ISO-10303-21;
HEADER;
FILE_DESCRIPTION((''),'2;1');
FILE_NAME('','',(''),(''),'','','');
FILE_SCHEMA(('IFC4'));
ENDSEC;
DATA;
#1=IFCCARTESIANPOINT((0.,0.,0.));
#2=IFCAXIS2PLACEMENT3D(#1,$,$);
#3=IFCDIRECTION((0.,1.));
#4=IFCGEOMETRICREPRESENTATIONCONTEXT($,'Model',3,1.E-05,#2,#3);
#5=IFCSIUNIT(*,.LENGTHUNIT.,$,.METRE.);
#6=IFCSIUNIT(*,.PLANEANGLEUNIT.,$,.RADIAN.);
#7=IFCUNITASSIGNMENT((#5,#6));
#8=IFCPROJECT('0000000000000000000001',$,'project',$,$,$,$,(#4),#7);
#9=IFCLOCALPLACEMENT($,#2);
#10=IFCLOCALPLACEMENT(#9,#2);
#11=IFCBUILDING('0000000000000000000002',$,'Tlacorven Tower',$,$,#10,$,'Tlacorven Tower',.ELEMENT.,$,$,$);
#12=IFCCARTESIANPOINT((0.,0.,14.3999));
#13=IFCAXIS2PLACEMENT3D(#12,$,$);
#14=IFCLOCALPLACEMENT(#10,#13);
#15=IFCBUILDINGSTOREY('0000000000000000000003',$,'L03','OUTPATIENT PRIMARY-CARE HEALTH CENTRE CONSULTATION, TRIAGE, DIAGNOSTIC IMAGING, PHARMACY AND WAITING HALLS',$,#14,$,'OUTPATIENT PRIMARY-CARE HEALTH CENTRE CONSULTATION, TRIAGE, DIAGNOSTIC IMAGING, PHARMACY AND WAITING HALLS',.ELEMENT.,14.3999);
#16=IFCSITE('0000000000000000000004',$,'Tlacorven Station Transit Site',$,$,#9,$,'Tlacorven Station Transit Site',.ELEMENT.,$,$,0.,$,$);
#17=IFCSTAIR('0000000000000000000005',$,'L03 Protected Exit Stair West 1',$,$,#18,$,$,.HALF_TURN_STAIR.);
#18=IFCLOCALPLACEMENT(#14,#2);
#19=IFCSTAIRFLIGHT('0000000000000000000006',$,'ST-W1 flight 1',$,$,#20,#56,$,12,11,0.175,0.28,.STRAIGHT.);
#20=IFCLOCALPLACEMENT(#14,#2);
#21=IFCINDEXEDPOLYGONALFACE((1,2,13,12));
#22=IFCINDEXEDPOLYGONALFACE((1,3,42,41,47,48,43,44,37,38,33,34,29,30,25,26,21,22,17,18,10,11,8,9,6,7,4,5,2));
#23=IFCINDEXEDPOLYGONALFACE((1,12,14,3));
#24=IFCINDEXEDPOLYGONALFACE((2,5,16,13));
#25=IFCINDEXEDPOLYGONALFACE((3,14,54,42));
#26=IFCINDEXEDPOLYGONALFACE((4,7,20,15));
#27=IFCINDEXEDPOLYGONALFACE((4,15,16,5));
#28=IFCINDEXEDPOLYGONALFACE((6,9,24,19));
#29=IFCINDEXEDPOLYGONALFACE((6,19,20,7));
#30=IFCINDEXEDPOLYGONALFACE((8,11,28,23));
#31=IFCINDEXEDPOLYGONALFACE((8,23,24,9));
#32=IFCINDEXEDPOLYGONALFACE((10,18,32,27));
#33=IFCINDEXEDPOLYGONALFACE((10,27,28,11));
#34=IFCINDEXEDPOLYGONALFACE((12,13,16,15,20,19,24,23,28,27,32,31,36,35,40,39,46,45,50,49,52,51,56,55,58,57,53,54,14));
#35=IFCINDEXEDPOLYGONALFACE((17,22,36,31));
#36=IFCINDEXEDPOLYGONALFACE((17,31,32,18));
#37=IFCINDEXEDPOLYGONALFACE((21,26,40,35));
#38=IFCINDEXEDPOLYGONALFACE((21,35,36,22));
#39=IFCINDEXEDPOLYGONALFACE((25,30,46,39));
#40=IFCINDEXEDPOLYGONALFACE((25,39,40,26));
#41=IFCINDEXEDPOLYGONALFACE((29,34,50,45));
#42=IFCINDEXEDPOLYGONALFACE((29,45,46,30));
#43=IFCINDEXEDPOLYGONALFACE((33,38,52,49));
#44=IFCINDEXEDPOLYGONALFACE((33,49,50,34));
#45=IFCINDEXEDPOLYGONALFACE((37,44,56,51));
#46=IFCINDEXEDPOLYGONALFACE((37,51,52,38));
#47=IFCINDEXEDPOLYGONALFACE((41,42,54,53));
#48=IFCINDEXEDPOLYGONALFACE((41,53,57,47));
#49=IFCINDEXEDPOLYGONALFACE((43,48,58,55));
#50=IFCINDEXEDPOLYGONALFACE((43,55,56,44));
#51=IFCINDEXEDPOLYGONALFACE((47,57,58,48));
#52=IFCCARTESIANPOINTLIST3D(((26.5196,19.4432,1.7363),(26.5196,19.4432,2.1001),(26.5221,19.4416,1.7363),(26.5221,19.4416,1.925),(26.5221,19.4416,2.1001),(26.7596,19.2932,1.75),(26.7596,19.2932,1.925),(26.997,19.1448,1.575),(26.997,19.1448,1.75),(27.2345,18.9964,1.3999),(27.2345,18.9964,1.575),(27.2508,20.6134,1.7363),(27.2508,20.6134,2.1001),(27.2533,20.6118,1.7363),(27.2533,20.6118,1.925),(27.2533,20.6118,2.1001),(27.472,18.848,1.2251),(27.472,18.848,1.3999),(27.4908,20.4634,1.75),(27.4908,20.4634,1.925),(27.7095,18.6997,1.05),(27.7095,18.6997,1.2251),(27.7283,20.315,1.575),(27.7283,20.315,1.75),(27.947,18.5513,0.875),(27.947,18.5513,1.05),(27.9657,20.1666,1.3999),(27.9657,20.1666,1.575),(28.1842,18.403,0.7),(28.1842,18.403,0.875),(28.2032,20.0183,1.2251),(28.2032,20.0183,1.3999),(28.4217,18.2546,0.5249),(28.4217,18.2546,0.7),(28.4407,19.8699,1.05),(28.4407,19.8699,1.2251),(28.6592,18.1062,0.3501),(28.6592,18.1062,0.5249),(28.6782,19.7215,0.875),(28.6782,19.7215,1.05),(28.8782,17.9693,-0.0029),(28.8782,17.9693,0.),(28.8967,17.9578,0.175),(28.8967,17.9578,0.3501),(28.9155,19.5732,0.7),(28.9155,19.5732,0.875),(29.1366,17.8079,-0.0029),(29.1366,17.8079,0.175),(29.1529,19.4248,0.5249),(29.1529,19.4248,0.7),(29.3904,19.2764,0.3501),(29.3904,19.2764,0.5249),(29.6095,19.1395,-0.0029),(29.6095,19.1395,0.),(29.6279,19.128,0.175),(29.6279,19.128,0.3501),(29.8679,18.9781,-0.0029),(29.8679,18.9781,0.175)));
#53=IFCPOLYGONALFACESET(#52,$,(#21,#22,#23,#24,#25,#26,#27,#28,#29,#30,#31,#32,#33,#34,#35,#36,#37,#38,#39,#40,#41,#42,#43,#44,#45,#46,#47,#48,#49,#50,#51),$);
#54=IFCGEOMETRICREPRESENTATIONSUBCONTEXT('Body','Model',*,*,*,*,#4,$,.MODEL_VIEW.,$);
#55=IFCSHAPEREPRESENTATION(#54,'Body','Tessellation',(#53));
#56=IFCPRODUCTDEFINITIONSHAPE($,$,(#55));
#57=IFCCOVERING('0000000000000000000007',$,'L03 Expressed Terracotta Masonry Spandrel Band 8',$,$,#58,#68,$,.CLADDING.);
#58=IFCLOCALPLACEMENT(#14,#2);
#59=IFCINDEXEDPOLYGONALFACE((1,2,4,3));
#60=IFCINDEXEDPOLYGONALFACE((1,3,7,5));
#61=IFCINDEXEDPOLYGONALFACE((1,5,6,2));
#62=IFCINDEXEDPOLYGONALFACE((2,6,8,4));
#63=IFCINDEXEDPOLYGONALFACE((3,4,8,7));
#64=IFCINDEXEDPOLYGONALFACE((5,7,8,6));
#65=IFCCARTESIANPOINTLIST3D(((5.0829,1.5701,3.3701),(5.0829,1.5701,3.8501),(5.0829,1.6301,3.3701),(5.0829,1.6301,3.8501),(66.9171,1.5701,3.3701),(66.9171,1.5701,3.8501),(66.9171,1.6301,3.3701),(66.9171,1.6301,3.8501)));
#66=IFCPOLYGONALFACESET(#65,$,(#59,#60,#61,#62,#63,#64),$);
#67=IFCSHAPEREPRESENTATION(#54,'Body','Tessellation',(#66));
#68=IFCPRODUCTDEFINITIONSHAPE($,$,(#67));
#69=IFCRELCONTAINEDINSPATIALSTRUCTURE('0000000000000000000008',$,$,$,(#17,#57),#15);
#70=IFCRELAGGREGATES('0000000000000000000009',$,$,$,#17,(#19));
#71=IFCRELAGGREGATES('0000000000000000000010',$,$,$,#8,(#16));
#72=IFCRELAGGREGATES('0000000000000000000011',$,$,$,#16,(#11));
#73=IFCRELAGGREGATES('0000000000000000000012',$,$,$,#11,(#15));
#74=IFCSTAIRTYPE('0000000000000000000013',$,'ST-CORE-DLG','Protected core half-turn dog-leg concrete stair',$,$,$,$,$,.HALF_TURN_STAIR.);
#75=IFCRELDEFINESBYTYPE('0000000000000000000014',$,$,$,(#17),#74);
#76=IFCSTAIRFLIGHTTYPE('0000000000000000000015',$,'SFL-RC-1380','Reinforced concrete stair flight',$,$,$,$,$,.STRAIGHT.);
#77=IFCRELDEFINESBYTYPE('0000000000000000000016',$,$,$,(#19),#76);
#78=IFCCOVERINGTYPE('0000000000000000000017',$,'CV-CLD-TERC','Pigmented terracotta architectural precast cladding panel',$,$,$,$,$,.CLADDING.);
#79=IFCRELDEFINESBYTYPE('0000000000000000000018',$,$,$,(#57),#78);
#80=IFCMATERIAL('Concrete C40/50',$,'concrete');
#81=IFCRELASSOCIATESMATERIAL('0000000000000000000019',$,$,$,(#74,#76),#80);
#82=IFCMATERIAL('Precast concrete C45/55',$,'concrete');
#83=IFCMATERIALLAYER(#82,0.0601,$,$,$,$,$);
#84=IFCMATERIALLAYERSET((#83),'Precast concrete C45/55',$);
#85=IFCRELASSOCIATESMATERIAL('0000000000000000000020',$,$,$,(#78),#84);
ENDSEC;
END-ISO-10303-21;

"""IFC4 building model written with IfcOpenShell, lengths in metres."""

from ifc_helpers import new_model, si_unit, direction, frame, origin, origin_2d, place, context, subcontext, project, spatial, polyline, rectangle, outline, extrude, source, transform, mapped, material, layer, layer_set, type_object, element, aggregate, save


model = new_model("IFC4")

# Units and contexts
model_context = context("Model", 3, precision=1e-05, world=origin(), true_north=direction((0.0, 1.0)))
body_context = subcontext(model_context, "Body", "Model", "MODEL_VIEW")
ifc_project = project(units=[si_unit("LENGTHUNIT", "METRE"), si_unit("PLANEANGLEUNIT", "RADIAN")], contexts=[model_context])

# Site, building, storey
site_placement = place(None, origin())
site = spatial("IfcSite", under=ifc_project, at=site_placement, Name="Tlacorven Station Transit Site", LongName="Tlacorven Station Transit Site", CompositionType="ELEMENT", RefElevation=0.0)
building_placement = place(site_placement, origin())
building = spatial("IfcBuilding", under=site, at=building_placement, Name="Tlacorven Tower", LongName="Tlacorven Tower", CompositionType="ELEMENT")
storey_placement = place(building_placement, frame((0.0, 0.0, 14.3999)))
storey = spatial("IfcBuildingStorey", under=building, at=storey_placement, Name="L03", Description="OUTPATIENT PRIMARY-CARE HEALTH CENTRE CONSULTATION, TRIAGE, DIAGNOSTIC IMAGING, PHARMACY AND WAITING HALLS", LongName="OUTPATIENT PRIMARY-CARE HEALTH CENTRE CONSULTATION, TRIAGE, DIAGNOSTIC IMAGING, PHARMACY AND WAITING HALLS", CompositionType="ELEMENT", Elevation=14.3999)

# Shared definitions
ifc_material_1 = material(Name="Concrete C40/50", Category="concrete")

# Stair, stair flight
stair_type = type_object("IfcStairType", Name="ST-CORE-DLG", Description="Protected core half-turn dog-leg concrete stair", PredefinedType="HALF_TURN_STAIR", material=ifc_material_1)
stair_placement = place(storey_placement, origin())
stair = element("IfcStair", 1, at=stair_placement, inside=storey, type_object=stair_type, Name="L03 Protected Exit Stair West 1", PredefinedType="HALF_TURN_STAIR")
stair_flight_type = type_object("IfcStairFlightType", Name="SFL-RC-1380", Description="Reinforced concrete stair flight", PredefinedType="STRAIGHT", material=ifc_material_1)
shared_shape_1 = source(origin(), body_context, "Body", "SweptSolid", [
    extrude(outline(polyline([(-0.0029, -0.0029), (-0.0029, 0.175), (0.28, 0.175), (0.28, 0.3501), (0.5601, 0.3501), (0.5601, 0.5249), (0.8401, 0.5249), (0.8401, 0.7), (1.1201, 0.7), (1.1201, 0.875), (1.3999, 0.875), (1.3999, 1.05), (1.6799, 1.05), (1.6799, 1.2251), (1.96, 1.2251), (1.96, 1.3999), (2.24, 1.3999), (2.24, 1.575), (2.52, 1.575), (2.52, 1.75), (2.8, 1.75), (2.8, 1.925), (3.0801, 1.925), (3.0801, 2.1001), (3.083, 2.1001), (3.083, 1.7363), (3.0801, 1.7363), (0.3018, 0.0), (0.3018, -0.0029), (-0.0029, -0.0029)])), frame((0.0, 0.6899, 0.0), z_axis=(0.0, -1.0, 0.0), x_axis=(1.0, 0.0, 0.0)), (0.0, 0.0, 1.0), 1.3799),
])
stair_flight_placement = place(storey_placement, frame((29.4998, 18.3945, 0.0), z_axis=(0.0, 0.0, 1.0), x_axis=(-0.848048, 0.529919, 0.0)))
stair_flight = element("IfcStairFlight", 2, at=stair_flight_placement, type_object=stair_flight_type, Name="ST-W1 flight 1", NumberOfRisers=12, NumberOfTreads=11, PredefinedType="STRAIGHT", RiserHeight=0.175, TreadLength=0.28, context=body_context, shape_type="MappedRepresentation", body=[
    mapped(shared_shape_1, transform((0.0, 0.0, 0.0), scale=1.0)),
])
aggregate(stair, [stair_flight])

# Covering
ifc_material_2 = material(Name="Precast concrete C45/55", Category="concrete")
ifc_layer_1 = layer(ifc_material_2, 0.0601)
ifc_layer_set_1 = layer_set([ifc_layer_1], Name="Precast concrete C45/55")
covering_type = type_object("IfcCoveringType", Name="CV-CLD-TERC", Description="Pigmented terracotta architectural precast cladding panel", PredefinedType="CLADDING", material=ifc_layer_set_1)
shared_shape_2 = source(origin(), body_context, "Body", "SweptSolid", [
    extrude(rectangle(XDim=61.8342, YDim=0.0601, at=origin_2d()), origin(), (0.0, 0.0, 1.0), 0.48),
])
covering_placement = place(storey_placement, frame((36.0, 1.6001, 3.3701), z_axis=(0.0, 0.0, 1.0), x_axis=(-1.0, 0.0, 0.0)))
element("IfcCovering", 3, at=covering_placement, inside=storey, type_object=covering_type, Name="L03 Expressed Terracotta Masonry Spandrel Band 8", PredefinedType="CLADDING", context=body_context, shape_type="MappedRepresentation", body=[
    mapped(shared_shape_2, transform((0.0, 0.0, 0.0), scale=1.0)),
])

save(model, "model.ifc")
